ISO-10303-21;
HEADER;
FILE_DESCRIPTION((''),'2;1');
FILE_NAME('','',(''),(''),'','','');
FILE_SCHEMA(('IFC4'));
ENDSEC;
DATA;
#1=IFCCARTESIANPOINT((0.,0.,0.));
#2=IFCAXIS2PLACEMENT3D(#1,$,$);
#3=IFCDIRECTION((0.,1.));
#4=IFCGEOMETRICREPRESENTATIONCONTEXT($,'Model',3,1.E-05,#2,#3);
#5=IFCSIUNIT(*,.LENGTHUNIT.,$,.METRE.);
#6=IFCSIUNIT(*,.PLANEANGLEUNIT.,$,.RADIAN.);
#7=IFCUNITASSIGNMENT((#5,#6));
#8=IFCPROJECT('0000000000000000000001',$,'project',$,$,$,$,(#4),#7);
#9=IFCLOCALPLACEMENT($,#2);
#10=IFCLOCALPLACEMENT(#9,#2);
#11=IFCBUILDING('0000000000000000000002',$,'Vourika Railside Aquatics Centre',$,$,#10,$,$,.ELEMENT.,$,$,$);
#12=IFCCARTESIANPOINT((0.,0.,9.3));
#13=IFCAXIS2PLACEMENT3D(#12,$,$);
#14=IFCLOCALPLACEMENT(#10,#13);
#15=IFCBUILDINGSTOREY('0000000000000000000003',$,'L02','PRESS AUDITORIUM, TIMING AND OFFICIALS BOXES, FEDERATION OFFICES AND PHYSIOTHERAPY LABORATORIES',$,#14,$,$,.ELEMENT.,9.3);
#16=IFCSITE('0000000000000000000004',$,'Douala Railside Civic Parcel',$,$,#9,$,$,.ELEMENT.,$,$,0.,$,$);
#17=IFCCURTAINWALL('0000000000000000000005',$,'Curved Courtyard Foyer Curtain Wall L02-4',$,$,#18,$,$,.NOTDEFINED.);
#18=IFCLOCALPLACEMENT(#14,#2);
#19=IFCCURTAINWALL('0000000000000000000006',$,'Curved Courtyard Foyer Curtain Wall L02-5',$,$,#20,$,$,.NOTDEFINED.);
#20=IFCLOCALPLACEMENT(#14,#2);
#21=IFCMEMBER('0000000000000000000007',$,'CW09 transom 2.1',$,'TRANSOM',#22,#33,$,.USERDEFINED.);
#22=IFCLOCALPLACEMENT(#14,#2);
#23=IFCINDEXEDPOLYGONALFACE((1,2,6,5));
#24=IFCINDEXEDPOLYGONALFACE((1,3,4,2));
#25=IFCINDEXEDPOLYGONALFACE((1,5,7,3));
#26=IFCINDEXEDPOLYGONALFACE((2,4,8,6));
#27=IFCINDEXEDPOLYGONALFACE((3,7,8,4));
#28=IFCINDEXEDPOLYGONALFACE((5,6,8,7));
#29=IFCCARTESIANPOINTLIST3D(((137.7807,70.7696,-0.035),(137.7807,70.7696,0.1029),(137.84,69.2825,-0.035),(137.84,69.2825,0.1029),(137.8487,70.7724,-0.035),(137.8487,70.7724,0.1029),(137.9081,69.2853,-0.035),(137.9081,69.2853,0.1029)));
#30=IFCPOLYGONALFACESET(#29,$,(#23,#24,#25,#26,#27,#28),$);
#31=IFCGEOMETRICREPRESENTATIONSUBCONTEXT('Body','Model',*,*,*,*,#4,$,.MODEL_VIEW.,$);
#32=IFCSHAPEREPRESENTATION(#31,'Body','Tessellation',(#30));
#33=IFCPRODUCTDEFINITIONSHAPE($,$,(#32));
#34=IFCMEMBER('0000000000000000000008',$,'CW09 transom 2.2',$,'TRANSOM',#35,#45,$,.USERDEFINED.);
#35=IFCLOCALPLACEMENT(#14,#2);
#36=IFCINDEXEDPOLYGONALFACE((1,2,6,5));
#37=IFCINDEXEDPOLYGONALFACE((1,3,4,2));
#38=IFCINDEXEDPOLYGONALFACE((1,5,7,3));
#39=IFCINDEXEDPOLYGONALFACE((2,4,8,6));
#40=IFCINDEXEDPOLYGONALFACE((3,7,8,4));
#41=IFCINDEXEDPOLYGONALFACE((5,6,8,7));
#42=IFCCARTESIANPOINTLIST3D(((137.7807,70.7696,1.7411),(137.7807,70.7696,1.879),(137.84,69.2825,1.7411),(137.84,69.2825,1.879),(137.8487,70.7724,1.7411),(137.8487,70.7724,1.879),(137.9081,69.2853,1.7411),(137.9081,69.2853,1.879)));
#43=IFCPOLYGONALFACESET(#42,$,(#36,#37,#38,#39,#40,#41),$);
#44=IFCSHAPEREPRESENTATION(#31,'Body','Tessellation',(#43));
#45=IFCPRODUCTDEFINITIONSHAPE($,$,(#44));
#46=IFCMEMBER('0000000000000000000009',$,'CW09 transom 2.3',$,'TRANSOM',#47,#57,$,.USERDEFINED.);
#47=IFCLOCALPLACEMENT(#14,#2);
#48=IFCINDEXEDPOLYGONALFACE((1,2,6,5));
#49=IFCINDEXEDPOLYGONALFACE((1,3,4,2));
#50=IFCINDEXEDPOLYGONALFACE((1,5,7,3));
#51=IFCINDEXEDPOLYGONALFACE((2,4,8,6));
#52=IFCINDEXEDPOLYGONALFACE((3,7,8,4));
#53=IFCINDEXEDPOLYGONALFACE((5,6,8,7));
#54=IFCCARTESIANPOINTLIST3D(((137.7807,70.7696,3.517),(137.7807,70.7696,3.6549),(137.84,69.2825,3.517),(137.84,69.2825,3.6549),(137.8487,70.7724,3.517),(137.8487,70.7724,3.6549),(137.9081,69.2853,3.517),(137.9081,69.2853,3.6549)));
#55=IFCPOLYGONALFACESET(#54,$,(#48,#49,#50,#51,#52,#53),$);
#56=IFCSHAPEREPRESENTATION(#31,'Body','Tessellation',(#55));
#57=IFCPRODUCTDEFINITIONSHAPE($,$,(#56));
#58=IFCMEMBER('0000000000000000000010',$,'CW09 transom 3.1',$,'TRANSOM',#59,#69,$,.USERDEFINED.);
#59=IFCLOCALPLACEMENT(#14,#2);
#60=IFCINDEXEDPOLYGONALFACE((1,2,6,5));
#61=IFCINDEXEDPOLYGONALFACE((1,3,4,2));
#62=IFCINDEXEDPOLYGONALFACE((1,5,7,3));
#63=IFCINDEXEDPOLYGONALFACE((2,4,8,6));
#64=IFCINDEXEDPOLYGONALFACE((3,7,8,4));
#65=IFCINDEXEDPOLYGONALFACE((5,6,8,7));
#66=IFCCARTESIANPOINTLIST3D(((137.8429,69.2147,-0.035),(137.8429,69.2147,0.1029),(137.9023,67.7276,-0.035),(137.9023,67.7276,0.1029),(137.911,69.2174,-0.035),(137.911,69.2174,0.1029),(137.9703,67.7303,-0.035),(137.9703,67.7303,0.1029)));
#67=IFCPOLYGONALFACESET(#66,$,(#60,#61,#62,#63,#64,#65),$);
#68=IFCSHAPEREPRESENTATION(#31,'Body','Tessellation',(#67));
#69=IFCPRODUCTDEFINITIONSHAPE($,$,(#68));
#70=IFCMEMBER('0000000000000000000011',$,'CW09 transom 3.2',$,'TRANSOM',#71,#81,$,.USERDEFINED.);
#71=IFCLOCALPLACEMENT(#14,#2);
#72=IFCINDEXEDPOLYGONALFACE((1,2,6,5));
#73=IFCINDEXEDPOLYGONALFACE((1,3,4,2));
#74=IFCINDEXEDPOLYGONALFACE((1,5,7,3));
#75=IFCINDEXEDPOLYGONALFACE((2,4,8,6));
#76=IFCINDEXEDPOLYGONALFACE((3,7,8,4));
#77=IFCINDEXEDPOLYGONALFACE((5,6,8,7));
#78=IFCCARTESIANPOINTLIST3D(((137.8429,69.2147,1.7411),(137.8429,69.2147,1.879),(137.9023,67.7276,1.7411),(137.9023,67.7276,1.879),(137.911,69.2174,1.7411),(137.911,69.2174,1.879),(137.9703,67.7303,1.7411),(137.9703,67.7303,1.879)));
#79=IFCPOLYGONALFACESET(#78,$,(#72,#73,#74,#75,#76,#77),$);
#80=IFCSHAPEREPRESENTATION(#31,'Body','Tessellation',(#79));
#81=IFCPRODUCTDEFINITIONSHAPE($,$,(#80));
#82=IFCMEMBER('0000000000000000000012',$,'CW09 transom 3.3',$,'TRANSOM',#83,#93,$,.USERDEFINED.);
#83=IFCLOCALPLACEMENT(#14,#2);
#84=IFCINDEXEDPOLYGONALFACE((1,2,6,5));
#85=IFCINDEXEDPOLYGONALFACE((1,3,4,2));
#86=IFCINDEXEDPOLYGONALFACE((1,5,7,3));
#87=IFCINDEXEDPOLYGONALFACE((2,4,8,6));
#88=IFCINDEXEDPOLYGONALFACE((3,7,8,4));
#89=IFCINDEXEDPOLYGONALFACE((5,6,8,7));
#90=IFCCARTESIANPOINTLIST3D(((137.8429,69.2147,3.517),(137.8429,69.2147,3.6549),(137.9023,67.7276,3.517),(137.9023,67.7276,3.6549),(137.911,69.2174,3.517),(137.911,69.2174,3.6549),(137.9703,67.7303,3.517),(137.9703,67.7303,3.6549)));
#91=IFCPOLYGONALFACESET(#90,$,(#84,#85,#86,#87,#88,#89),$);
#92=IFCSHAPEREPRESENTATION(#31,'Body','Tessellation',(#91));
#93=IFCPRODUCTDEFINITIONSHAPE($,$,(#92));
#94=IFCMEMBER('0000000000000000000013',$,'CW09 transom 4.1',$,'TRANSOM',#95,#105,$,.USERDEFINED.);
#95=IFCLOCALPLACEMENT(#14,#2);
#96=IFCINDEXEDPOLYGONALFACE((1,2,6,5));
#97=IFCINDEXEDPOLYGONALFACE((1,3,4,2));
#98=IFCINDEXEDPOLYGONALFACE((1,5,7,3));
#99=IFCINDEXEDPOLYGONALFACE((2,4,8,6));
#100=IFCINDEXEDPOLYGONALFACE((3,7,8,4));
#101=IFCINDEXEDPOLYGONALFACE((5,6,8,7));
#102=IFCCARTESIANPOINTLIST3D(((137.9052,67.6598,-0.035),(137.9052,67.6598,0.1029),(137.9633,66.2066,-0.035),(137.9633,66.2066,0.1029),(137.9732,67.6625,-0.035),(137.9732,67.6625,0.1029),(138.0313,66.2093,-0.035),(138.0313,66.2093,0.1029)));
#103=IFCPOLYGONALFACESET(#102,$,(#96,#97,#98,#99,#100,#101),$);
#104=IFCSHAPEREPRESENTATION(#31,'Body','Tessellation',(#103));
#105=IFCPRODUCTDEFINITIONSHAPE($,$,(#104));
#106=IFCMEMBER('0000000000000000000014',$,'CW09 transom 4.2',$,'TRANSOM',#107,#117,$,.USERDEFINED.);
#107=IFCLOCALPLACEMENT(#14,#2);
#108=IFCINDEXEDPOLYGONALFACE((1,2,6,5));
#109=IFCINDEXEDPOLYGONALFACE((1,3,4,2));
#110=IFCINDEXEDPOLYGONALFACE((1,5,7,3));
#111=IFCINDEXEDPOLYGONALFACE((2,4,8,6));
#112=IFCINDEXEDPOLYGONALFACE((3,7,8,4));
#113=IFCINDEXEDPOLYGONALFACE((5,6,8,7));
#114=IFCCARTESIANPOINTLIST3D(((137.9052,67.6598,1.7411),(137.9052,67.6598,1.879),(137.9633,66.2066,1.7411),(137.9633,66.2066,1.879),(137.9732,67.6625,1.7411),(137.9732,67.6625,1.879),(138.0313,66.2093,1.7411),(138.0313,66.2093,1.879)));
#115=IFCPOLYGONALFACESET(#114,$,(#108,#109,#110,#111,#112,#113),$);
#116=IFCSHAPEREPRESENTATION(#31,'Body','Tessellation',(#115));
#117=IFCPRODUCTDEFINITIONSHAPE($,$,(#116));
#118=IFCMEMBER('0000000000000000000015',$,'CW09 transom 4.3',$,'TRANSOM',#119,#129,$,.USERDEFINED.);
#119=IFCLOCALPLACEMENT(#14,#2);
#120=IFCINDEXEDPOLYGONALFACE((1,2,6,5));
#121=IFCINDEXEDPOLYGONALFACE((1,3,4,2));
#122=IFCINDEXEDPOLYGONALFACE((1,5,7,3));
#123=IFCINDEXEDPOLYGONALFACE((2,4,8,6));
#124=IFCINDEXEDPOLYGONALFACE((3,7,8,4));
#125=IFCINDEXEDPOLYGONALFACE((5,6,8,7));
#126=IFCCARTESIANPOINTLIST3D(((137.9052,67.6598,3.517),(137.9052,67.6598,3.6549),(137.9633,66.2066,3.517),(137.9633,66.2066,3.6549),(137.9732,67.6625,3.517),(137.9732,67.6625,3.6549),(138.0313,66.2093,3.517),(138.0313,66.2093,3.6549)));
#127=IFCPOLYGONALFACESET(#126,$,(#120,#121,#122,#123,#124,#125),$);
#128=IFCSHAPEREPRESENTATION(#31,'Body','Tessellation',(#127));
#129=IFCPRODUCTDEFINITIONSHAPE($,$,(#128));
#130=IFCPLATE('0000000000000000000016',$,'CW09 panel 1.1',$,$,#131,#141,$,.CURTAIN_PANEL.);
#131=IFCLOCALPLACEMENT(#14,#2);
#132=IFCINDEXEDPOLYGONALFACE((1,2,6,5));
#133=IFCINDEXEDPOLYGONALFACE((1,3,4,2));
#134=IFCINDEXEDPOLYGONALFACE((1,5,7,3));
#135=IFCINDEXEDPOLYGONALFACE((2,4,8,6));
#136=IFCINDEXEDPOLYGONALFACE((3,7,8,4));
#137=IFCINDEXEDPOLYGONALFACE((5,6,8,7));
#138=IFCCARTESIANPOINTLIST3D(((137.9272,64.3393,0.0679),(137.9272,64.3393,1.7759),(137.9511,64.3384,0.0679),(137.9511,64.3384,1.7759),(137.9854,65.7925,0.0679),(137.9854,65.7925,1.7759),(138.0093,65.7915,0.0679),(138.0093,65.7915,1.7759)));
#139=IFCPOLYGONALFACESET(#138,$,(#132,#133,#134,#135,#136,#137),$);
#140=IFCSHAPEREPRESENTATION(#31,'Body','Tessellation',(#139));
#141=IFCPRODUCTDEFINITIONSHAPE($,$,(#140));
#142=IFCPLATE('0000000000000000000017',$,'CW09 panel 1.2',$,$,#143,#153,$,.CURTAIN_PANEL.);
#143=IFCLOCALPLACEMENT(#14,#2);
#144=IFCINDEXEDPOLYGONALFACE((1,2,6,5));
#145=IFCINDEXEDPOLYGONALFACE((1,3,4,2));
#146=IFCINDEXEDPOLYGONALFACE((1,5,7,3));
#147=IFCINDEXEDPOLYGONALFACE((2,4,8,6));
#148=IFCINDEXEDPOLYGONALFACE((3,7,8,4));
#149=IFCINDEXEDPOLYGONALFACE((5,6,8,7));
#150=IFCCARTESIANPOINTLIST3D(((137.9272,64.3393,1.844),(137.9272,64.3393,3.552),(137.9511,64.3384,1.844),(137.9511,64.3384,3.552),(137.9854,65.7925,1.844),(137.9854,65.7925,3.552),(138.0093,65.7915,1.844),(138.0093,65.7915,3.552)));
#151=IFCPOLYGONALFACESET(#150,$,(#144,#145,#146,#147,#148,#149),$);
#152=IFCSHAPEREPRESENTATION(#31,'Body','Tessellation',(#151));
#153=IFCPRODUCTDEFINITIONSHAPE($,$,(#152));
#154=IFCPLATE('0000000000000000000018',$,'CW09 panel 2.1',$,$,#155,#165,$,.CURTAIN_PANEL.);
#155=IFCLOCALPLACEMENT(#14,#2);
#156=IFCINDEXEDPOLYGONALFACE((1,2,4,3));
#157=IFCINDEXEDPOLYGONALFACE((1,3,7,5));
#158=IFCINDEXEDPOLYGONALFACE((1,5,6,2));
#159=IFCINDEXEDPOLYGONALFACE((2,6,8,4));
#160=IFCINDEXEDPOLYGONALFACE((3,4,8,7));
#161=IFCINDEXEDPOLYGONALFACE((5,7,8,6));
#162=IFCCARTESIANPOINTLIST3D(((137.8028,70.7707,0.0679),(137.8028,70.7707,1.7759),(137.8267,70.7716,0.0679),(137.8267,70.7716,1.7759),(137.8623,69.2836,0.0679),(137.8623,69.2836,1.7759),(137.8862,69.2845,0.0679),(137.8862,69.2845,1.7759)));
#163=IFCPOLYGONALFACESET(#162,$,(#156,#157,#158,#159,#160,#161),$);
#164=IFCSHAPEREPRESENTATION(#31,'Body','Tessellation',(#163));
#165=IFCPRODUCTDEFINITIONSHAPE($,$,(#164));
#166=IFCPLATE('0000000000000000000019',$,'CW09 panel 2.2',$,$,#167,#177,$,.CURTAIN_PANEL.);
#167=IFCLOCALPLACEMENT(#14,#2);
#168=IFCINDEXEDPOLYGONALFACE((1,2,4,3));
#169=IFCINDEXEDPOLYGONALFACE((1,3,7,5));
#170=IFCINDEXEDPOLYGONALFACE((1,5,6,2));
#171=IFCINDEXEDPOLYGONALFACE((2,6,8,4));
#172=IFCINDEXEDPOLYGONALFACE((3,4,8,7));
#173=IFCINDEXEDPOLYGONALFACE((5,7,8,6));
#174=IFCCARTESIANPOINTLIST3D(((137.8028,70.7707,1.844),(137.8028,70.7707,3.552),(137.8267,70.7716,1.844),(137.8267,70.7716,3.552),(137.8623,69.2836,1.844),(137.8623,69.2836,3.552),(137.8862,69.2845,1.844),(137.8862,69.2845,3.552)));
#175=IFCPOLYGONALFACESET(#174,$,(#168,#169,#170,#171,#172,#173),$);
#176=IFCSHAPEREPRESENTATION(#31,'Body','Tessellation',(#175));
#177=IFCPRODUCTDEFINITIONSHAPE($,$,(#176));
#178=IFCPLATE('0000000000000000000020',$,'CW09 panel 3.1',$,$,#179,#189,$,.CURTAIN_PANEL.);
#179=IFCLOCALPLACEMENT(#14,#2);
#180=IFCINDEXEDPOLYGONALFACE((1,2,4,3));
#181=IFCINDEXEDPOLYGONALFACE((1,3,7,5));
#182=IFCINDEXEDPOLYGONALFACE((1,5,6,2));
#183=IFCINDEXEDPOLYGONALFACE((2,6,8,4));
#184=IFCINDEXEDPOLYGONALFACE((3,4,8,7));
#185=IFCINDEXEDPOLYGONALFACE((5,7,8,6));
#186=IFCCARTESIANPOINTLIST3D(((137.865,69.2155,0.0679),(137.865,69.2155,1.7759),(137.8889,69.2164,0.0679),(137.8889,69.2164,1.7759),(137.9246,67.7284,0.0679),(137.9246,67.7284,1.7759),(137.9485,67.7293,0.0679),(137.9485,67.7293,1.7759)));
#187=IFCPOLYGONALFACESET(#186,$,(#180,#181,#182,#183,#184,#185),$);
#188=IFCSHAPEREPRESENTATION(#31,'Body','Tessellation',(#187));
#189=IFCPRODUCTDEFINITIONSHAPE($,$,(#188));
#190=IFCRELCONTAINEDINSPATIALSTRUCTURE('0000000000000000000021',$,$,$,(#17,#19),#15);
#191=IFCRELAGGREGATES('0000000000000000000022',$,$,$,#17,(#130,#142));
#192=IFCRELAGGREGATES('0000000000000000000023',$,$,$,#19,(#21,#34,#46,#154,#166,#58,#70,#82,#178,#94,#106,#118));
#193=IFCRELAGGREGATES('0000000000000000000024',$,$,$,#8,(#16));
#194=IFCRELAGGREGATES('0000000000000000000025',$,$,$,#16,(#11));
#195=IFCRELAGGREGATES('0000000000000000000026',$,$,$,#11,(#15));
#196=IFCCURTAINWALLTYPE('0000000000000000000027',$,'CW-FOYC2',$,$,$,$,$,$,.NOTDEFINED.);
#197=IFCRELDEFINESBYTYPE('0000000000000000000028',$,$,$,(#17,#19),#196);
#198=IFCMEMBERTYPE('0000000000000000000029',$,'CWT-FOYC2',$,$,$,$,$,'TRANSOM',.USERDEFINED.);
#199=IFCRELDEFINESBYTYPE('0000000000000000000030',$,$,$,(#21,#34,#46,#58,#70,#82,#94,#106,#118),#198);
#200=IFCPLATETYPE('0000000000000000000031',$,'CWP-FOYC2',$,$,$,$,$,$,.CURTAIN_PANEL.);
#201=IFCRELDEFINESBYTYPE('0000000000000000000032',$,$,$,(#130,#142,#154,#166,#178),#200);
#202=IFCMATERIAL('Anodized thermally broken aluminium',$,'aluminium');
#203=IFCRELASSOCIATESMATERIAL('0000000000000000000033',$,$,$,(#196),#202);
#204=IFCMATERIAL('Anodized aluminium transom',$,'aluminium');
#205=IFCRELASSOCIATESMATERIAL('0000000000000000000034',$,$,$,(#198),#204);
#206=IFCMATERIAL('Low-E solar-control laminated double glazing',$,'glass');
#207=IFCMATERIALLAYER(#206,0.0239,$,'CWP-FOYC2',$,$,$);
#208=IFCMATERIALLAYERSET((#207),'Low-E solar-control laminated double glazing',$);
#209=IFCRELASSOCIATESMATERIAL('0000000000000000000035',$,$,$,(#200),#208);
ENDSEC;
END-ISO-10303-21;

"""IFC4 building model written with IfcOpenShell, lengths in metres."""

from ifc_helpers import new_model, si_unit, direction, frame, origin, origin_2d, place, context, subcontext, project, spatial, rectangle, extrude, material, layer, layer_set, material_profile, profile_set, type_object, element, aggregate, save


model = new_model("IFC4")

# Units and contexts
model_context = context("Model", 3, precision=1e-05, world=origin(), true_north=direction((0.0, 1.0)))
body_context = subcontext(model_context, "Body", "Model", "MODEL_VIEW")
ifc_project = project(units=[si_unit("LENGTHUNIT", "METRE"), si_unit("PLANEANGLEUNIT", "RADIAN")], contexts=[model_context])

# Site, building, storey
site_placement = place(None, origin())
site = spatial("IfcSite", under=ifc_project, at=site_placement, Name="Douala Railside Civic Parcel", CompositionType="ELEMENT", RefElevation=0.0)
building_placement = place(site_placement, origin())
building = spatial("IfcBuilding", under=site, at=building_placement, Name="Vourika Railside Aquatics Centre", CompositionType="ELEMENT")
storey_placement = place(building_placement, frame((0.0, 0.0, 9.3)))
storey = spatial("IfcBuildingStorey", under=building, at=storey_placement, Name="L02", Description="PRESS AUDITORIUM, TIMING AND OFFICIALS BOXES, FEDERATION OFFICES AND PHYSIOTHERAPY LABORATORIES", CompositionType="ELEMENT", Elevation=9.3)

# Curtain wall
ifc_material_1 = material(Name="Anodized thermally broken aluminium", Category="aluminium")
curtain_wall_type = type_object("IfcCurtainWallType", Name="CW-FOYC2", PredefinedType="NOTDEFINED", material=ifc_material_1)
curtain_wall_1_placement = place(storey_placement, origin())
curtain_wall_1 = element("IfcCurtainWall", 1, at=curtain_wall_1_placement, inside=storey, type_object=curtain_wall_type, Name="Curved Courtyard Foyer Curtain Wall L02-4", PredefinedType="NOTDEFINED")

# Curtain wall
curtain_wall_2_placement = place(storey_placement, origin())
curtain_wall_2 = element("IfcCurtainWall", 2, at=curtain_wall_2_placement, inside=storey, type_object=curtain_wall_type, Name="Curved Courtyard Foyer Curtain Wall L02-5", PredefinedType="NOTDEFINED")

# Members
ifc_material_2 = material(Name="Anodized aluminium transom", Category="aluminium")
ifc_material_profile_1 = material_profile(ifc_material_2, rectangle(XDim=0.0681, YDim=0.1379, at=origin_2d()), Name="ALU-T 68x138")
ifc_profile_set_1 = profile_set([ifc_material_profile_1], Name="Anodized aluminium transom")
member_type_1 = type_object("IfcMemberType", Name="CWT-FOYC2", ElementType="TRANSOM", PredefinedType="USERDEFINED", material=ifc_profile_set_1)
member_1_placement = place(storey_placement, frame((137.8147, 70.771, 0.0339), z_axis=(0.039863, -0.999205, 0.0), x_axis=(0.999205, 0.039863, 0.0)))
member_1 = element("IfcMember", 3, at=member_1_placement, type_object=member_type_1, Name="CW09 transom 2.1", ObjectType="TRANSOM", PredefinedType="USERDEFINED", context=body_context, shape_type="SweptSolid", body=[
    extrude(rectangle(XDim=0.0681, YDim=0.1379, at=origin_2d()), origin(), (0.0, 0.0, 1.0), 1.4883),
])
member_2_placement = place(storey_placement, frame((137.8147, 70.771, 1.8101), z_axis=(0.039863, -0.999205, 0.0), x_axis=(0.999205, 0.039863, 0.0)))
member_2 = element("IfcMember", 4, at=member_2_placement, type_object=member_type_1, Name="CW09 transom 2.2", ObjectType="TRANSOM", PredefinedType="USERDEFINED", context=body_context, shape_type="SweptSolid", body=[
    extrude(rectangle(XDim=0.0681, YDim=0.1379, at=origin_2d()), origin(), (0.0, 0.0, 1.0), 1.4883),
])
member_3_placement = place(storey_placement, frame((137.8147, 70.771, 3.5859), z_axis=(0.039863, -0.999205, 0.0), x_axis=(0.999205, 0.039863, 0.0)))
member_3 = element("IfcMember", 5, at=member_3_placement, type_object=member_type_1, Name="CW09 transom 2.3", ObjectType="TRANSOM", PredefinedType="USERDEFINED", context=body_context, shape_type="SweptSolid", body=[
    extrude(rectangle(XDim=0.0681, YDim=0.1379, at=origin_2d()), origin(), (0.0, 0.0, 1.0), 1.4883),
])
member_4_placement = place(storey_placement, frame((137.877, 69.2161, 0.0339), z_axis=(0.039863, -0.999205, 0.0), x_axis=(0.999205, 0.039863, 0.0)))
member_4 = element("IfcMember", 6, at=member_4_placement, type_object=member_type_1, Name="CW09 transom 3.1", ObjectType="TRANSOM", PredefinedType="USERDEFINED", context=body_context, shape_type="SweptSolid", body=[
    extrude(rectangle(XDim=0.0681, YDim=0.1379, at=origin_2d()), origin(), (0.0, 0.0, 1.0), 1.4883),
])
member_5_placement = place(storey_placement, frame((137.877, 69.2161, 1.8101), z_axis=(0.039863, -0.999205, 0.0), x_axis=(0.999205, 0.039863, 0.0)))
member_5 = element("IfcMember", 7, at=member_5_placement, type_object=member_type_1, Name="CW09 transom 3.2", ObjectType="TRANSOM", PredefinedType="USERDEFINED", context=body_context, shape_type="SweptSolid", body=[
    extrude(rectangle(XDim=0.0681, YDim=0.1379, at=origin_2d()), origin(), (0.0, 0.0, 1.0), 1.4883),
])
member_6_placement = place(storey_placement, frame((137.877, 69.2161, 3.5859), z_axis=(0.039863, -0.999205, 0.0), x_axis=(0.999205, 0.039863, 0.0)))
member_6 = element("IfcMember", 8, at=member_6_placement, type_object=member_type_1, Name="CW09 transom 3.3", ObjectType="TRANSOM", PredefinedType="USERDEFINED", context=body_context, shape_type="SweptSolid", body=[
    extrude(rectangle(XDim=0.0681, YDim=0.1379, at=origin_2d()), origin(), (0.0, 0.0, 1.0), 1.4883),
])
member_7_placement = place(storey_placement, frame((137.9392, 67.6611, 0.0339), z_axis=(0.039955, -0.999201, 0.0), x_axis=(0.999201, 0.039955, 0.0)))
member_7 = element("IfcMember", 9, at=member_7_placement, type_object=member_type_1, Name="CW09 transom 4.1", ObjectType="TRANSOM", PredefinedType="USERDEFINED", context=body_context, shape_type="SweptSolid", body=[
    extrude(rectangle(XDim=0.0681, YDim=0.1379, at=origin_2d()), origin(), (0.0, 0.0, 1.0), 1.4543),
])
member_8_placement = place(storey_placement, frame((137.9392, 67.6611, 1.8101), z_axis=(0.039955, -0.999201, 0.0), x_axis=(0.999201, 0.039955, 0.0)))
member_8 = element("IfcMember", 10, at=member_8_placement, type_object=member_type_1, Name="CW09 transom 4.2", ObjectType="TRANSOM", PredefinedType="USERDEFINED", context=body_context, shape_type="SweptSolid", body=[
    extrude(rectangle(XDim=0.0681, YDim=0.1379, at=origin_2d()), origin(), (0.0, 0.0, 1.0), 1.4543),
])
member_9_placement = place(storey_placement, frame((137.9392, 67.6611, 3.5859), z_axis=(0.039955, -0.999201, 0.0), x_axis=(0.999201, 0.039955, 0.0)))
member_9 = element("IfcMember", 11, at=member_9_placement, type_object=member_type_1, Name="CW09 transom 4.3", ObjectType="TRANSOM", PredefinedType="USERDEFINED", context=body_context, shape_type="SweptSolid", body=[
    extrude(rectangle(XDim=0.0681, YDim=0.1379, at=origin_2d()), origin(), (0.0, 0.0, 1.0), 1.4543),
])

# Plates
ifc_material_3 = material(Name="Low-E solar-control laminated double glazing", Category="glass")
ifc_layer = layer(ifc_material_3, 0.0239, Name="CWP-FOYC2")
ifc_layer_set = layer_set([ifc_layer], Name="Low-E solar-control laminated double glazing")
plate_type = type_object("IfcPlateType", Name="CWP-FOYC2", PredefinedType="CURTAIN_PANEL", material=ifc_layer_set)
plate_1_placement = place(storey_placement, frame((137.9683, 65.0654, 0.0679), z_axis=(0.0, 0.0, 1.0), x_axis=(-0.04, -0.9992, 0.0)))
plate_1 = element("IfcPlate", 12, at=plate_1_placement, type_object=plate_type, Name="CW09 panel 1.1", PredefinedType="CURTAIN_PANEL", context=body_context, shape_type="SweptSolid", body=[
    extrude(rectangle(XDim=1.4543, YDim=0.0239, at=origin_2d()), origin(), (0.0, 0.0, 1.0), 1.708),
])
plate_2_placement = place(storey_placement, frame((137.9683, 65.0654, 1.844), z_axis=(0.0, 0.0, 1.0), x_axis=(-0.04, -0.9992, 0.0)))
plate_2 = element("IfcPlate", 13, at=plate_2_placement, type_object=plate_type, Name="CW09 panel 1.2", PredefinedType="CURTAIN_PANEL", context=body_context, shape_type="SweptSolid", body=[
    extrude(rectangle(XDim=1.4543, YDim=0.0239, at=origin_2d()), origin(), (0.0, 0.0, 1.0), 1.708),
])
aggregate(curtain_wall_1, [plate_1, plate_2])
plate_3_placement = place(storey_placement, frame((137.8445, 70.0276, 0.0679), z_axis=(0.0, 0.0, 1.0), x_axis=(0.04, -0.9992, 0.0)))
plate_3 = element("IfcPlate", 14, at=plate_3_placement, type_object=plate_type, Name="CW09 panel 2.1", PredefinedType="CURTAIN_PANEL", context=body_context, shape_type="SweptSolid", body=[
    extrude(rectangle(XDim=1.4883, YDim=0.0239, at=origin_2d()), origin(), (0.0, 0.0, 1.0), 1.708),
])
plate_4_placement = place(storey_placement, frame((137.8445, 70.0276, 1.844), z_axis=(0.0, 0.0, 1.0), x_axis=(0.04, -0.9992, 0.0)))
plate_4 = element("IfcPlate", 15, at=plate_4_placement, type_object=plate_type, Name="CW09 panel 2.2", PredefinedType="CURTAIN_PANEL", context=body_context, shape_type="SweptSolid", body=[
    extrude(rectangle(XDim=1.4883, YDim=0.0239, at=origin_2d()), origin(), (0.0, 0.0, 1.0), 1.708),
])
plate_5_placement = place(storey_placement, frame((137.9067, 68.4724, 0.0679), z_axis=(0.0, 0.0, 1.0), x_axis=(0.04, -0.9992, 0.0)))
plate_5 = element("IfcPlate", 16, at=plate_5_placement, type_object=plate_type, Name="CW09 panel 3.1", PredefinedType="CURTAIN_PANEL", context=body_context, shape_type="SweptSolid", body=[
    extrude(rectangle(XDim=1.4883, YDim=0.0239, at=origin_2d()), origin(), (0.0, 0.0, 1.0), 1.708),
])
aggregate(curtain_wall_2, [member_1, member_2, member_3, plate_3, plate_4, member_4, member_5, member_6, plate_5, member_7, member_8, member_9])

save(model, "model.ifc")
